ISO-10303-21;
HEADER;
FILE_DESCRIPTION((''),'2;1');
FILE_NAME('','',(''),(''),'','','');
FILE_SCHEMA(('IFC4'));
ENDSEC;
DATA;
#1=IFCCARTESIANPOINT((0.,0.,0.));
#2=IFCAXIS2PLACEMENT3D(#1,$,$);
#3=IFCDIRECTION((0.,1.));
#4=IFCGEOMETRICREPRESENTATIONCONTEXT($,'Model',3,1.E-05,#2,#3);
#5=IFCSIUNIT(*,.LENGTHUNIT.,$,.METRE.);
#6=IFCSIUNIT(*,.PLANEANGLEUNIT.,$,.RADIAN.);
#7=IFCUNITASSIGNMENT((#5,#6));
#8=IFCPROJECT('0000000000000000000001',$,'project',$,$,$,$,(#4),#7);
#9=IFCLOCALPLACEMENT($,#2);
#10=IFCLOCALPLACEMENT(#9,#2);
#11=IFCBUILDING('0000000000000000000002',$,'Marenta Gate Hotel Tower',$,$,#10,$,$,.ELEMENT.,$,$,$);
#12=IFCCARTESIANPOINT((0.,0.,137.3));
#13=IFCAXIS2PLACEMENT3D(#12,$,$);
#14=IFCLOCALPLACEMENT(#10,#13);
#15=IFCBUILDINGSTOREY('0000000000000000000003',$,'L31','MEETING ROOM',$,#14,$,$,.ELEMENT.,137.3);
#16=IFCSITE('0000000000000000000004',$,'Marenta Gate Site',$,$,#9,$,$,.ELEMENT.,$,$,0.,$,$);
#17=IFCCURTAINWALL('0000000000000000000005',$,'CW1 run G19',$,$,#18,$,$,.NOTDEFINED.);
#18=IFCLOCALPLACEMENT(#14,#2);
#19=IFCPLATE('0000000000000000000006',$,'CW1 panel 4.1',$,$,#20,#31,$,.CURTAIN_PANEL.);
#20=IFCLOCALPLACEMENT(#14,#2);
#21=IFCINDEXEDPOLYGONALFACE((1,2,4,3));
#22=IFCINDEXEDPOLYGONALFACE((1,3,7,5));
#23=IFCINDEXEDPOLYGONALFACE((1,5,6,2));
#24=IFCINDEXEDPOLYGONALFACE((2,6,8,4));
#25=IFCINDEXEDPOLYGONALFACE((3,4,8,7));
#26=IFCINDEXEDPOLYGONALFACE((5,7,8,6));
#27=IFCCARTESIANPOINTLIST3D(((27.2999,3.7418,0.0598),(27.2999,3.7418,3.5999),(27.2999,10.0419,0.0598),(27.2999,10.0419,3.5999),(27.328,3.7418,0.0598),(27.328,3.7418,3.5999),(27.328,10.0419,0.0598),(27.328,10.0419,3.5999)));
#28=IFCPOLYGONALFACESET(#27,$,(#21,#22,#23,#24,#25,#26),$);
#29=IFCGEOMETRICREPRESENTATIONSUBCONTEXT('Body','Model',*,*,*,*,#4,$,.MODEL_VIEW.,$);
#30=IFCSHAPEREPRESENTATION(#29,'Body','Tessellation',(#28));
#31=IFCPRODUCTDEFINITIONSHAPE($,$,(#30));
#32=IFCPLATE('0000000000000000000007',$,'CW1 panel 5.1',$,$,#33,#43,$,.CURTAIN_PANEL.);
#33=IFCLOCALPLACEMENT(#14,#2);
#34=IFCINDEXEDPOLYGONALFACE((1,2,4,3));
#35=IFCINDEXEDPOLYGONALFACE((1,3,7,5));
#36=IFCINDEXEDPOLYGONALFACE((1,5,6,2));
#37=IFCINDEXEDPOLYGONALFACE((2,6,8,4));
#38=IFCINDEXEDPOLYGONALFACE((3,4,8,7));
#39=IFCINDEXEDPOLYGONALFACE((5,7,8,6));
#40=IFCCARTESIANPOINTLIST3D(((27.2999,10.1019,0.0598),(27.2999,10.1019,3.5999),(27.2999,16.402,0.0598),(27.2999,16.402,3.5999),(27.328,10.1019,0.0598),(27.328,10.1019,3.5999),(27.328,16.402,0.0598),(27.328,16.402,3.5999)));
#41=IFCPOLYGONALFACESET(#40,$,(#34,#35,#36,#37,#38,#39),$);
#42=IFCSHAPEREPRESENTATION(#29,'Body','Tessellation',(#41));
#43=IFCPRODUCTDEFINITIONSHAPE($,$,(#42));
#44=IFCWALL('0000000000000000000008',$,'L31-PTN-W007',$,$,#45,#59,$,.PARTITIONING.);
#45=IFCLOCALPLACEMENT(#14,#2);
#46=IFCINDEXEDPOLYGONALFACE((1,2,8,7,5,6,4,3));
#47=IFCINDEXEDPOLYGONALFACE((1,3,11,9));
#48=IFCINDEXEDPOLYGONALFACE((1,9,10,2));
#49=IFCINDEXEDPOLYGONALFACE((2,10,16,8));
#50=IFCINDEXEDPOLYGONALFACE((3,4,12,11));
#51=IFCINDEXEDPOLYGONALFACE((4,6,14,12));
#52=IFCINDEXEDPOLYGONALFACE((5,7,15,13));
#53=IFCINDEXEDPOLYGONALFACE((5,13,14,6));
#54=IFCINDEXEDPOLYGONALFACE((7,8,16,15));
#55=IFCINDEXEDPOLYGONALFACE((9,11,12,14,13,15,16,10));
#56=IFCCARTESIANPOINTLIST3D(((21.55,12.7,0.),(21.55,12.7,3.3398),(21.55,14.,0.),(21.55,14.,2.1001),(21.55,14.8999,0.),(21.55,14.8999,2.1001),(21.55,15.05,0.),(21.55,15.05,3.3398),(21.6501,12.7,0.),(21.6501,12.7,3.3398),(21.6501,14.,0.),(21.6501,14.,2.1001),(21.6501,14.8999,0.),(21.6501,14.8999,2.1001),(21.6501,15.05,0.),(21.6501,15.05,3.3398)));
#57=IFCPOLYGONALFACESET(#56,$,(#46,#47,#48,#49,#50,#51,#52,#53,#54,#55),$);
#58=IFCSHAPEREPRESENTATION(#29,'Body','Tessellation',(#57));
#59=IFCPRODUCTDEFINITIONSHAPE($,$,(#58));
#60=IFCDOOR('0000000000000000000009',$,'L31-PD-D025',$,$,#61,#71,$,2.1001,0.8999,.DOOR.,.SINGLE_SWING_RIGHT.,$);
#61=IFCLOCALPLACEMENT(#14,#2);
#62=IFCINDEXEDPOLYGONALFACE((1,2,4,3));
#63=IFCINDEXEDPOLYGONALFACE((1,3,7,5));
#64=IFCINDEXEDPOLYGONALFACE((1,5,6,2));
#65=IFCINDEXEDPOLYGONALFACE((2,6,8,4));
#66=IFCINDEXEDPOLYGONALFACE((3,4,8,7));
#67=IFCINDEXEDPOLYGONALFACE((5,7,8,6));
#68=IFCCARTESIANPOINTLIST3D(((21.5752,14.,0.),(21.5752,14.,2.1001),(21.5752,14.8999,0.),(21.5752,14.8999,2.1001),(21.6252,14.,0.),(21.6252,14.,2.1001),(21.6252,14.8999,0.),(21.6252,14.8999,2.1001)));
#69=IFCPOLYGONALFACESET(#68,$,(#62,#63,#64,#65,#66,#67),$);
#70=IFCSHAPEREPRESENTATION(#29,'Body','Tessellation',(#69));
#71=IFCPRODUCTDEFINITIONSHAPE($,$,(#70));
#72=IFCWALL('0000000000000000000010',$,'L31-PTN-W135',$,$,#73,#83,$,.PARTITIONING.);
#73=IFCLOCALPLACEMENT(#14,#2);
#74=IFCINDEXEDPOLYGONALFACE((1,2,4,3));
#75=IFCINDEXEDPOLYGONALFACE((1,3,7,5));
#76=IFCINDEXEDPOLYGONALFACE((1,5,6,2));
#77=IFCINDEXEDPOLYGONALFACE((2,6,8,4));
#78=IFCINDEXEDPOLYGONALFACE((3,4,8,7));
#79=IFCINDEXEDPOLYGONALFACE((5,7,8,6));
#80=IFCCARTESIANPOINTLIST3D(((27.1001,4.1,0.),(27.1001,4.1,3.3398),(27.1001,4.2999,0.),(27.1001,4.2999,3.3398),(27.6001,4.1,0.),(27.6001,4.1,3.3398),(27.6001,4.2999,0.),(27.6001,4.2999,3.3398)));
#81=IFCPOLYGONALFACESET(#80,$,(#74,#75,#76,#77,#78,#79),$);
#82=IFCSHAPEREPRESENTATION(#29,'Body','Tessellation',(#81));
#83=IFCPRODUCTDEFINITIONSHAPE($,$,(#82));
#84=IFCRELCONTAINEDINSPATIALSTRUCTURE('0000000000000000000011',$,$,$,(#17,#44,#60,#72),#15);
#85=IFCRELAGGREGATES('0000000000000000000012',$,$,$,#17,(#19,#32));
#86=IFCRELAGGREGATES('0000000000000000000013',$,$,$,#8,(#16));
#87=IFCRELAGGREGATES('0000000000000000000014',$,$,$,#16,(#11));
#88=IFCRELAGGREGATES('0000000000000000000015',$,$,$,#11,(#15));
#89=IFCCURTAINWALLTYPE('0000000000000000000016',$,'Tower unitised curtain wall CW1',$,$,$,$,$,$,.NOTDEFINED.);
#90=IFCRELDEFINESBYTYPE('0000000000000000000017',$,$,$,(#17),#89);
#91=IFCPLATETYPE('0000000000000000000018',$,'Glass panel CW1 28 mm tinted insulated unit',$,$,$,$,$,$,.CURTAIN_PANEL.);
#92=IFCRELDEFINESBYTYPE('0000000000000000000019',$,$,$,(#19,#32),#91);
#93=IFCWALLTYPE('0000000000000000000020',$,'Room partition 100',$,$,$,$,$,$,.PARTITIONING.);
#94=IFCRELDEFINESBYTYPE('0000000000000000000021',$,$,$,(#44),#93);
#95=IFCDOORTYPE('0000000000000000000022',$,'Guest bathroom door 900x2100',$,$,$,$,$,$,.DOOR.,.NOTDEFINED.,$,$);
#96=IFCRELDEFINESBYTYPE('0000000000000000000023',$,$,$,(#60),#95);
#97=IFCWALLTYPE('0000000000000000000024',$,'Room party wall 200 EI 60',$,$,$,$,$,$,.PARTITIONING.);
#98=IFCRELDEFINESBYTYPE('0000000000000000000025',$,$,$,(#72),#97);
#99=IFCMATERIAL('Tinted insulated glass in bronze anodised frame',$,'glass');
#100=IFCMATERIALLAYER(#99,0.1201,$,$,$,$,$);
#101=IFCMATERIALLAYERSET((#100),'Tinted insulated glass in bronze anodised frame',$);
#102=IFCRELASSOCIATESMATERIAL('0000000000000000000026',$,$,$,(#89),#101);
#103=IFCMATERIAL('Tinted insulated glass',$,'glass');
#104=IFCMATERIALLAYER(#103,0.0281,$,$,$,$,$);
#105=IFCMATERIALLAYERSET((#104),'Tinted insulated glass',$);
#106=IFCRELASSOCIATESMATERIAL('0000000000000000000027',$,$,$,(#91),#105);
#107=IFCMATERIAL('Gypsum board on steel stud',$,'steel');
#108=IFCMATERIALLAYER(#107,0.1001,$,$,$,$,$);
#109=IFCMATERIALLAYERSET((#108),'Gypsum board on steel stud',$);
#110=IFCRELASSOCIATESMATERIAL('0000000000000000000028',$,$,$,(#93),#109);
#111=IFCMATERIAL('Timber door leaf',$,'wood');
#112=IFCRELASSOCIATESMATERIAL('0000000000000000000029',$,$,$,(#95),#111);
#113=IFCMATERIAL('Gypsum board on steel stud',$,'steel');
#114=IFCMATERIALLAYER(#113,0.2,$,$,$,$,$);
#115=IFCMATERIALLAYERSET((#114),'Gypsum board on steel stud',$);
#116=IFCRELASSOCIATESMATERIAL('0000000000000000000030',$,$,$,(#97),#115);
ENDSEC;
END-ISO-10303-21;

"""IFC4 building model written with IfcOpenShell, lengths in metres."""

from ifc_helpers import new_model, si_unit, direction, frame, frame_2d, origin, origin_2d, place, context, subcontext, project, spatial, rectangle, extrude, material, layer, layer_set, type_object, element, fill, aggregate, save


model = new_model("IFC4")

# Units and contexts
model_context = context("Model", 3, precision=1e-05, world=origin(), true_north=direction((0.0, 1.0)))
body_context = subcontext(model_context, "Body", "Model", "MODEL_VIEW")
ifc_project = project(units=[si_unit("LENGTHUNIT", "METRE"), si_unit("PLANEANGLEUNIT", "RADIAN")], contexts=[model_context])

# Site, building, storey
site_placement = place(None, origin())
site = spatial("IfcSite", under=ifc_project, at=site_placement, Name="Marenta Gate Site", CompositionType="ELEMENT", RefElevation=0.0)
building_placement = place(site_placement, origin())
building = spatial("IfcBuilding", under=site, at=building_placement, Name="Marenta Gate Hotel Tower", CompositionType="ELEMENT")
storey_placement = place(building_placement, frame((0.0, 0.0, 137.3)))
storey = spatial("IfcBuildingStorey", under=building, at=storey_placement, Name="L31", Description="MEETING ROOM", CompositionType="ELEMENT", Elevation=137.3)

# Curtain wall, plates
ifc_material_1 = material(Name="Tinted insulated glass in bronze anodised frame", Category="glass")
ifc_layer_1 = layer(ifc_material_1, 0.1201)
ifc_layer_set_1 = layer_set([ifc_layer_1], Name="Tinted insulated glass in bronze anodised frame")
curtain_wall_type = type_object("IfcCurtainWallType", Name="Tower unitised curtain wall CW1", PredefinedType="NOTDEFINED", material=ifc_layer_set_1)
curtain_wall_placement = place(storey_placement, origin())
curtain_wall = element("IfcCurtainWall", 1, at=curtain_wall_placement, inside=storey, type_object=curtain_wall_type, Name="CW1 run G19", PredefinedType="NOTDEFINED")
ifc_material_2 = material(Name="Tinted insulated glass", Category="glass")
ifc_layer_2 = layer(ifc_material_2, 0.0281)
ifc_layer_set_2 = layer_set([ifc_layer_2], Name="Tinted insulated glass")
plate_type = type_object("IfcPlateType", Name="Glass panel CW1 28 mm tinted insulated unit", PredefinedType="CURTAIN_PANEL", material=ifc_layer_set_2)
plate_1_placement = place(storey_placement, frame((27.314, 6.8918, 0.0598), z_axis=(0.0, 0.0, 1.0), x_axis=(0.0, 1.0, 0.0)))
plate_1 = element("IfcPlate", 2, at=plate_1_placement, type_object=plate_type, Name="CW1 panel 4.1", PredefinedType="CURTAIN_PANEL", context=body_context, shape_type="SweptSolid", body=[
    extrude(rectangle(XDim=6.3, YDim=0.0281, at=origin_2d()), origin(), (0.0, 0.0, 1.0), 3.54),
])
plate_2_placement = place(storey_placement, frame((27.314, 13.252, 0.0598), z_axis=(0.0, 0.0, 1.0), x_axis=(0.0, 1.0, 0.0)))
plate_2 = element("IfcPlate", 3, at=plate_2_placement, type_object=plate_type, Name="CW1 panel 5.1", PredefinedType="CURTAIN_PANEL", context=body_context, shape_type="SweptSolid", body=[
    extrude(rectangle(XDim=6.3, YDim=0.0281, at=origin_2d()), origin(), (0.0, 0.0, 1.0), 3.54),
])
aggregate(curtain_wall, [plate_1, plate_2])

# Wall, opening, door
ifc_material_3 = material(Name="Gypsum board on steel stud", Category="steel")
ifc_layer_3 = layer(ifc_material_3, 0.1001)
ifc_layer_set_3 = layer_set([ifc_layer_3], Name="Gypsum board on steel stud")
wall_type_1 = type_object("IfcWallType", Name="Room partition 100", PredefinedType="PARTITIONING", material=ifc_layer_set_3)
wall_1_placement = place(storey_placement, frame((21.6001, 12.7, 0.0), z_axis=(0.0, 0.0, 1.0), x_axis=(0.0, 1.0, 0.0)))
wall_1 = element("IfcWall", 4, at=wall_1_placement, inside=storey, type_object=wall_type_1, Name="L31-PTN-W007", PredefinedType="PARTITIONING", context=body_context, shape_type="SweptSolid", body=[
    extrude(rectangle(XDim=2.3501, YDim=0.1001, at=frame_2d((1.175, 0.0))), origin(), (0.0, 0.0, 1.0), 3.3398),
])
opening_placement = place(wall_1_placement, frame((1.3, 0.0, 0.0)))
opening = element("IfcOpeningElement", 5, at=opening_placement, cuts=wall_1, PredefinedType="OPENING", context=body_context, shape_type="SweptSolid", body=[
    extrude(rectangle(XDim=0.8999, YDim=2.1001, at=frame_2d((0.45, 1.05))), frame((0.0, 0.05, 0.0), z_axis=(0.0, -1.0, 0.0), x_axis=(1.0, 0.0, 0.0)), (0.0, 0.0, 1.0), 0.1001),
])
ifc_material_4 = material(Name="Timber door leaf", Category="wood")
door_type = type_object("IfcDoorType", Name="Guest bathroom door 900x2100", OperationType="NOTDEFINED", PredefinedType="DOOR", material=ifc_material_4)
door_placement = place(opening_placement, origin())
door = element("IfcDoor", 6, at=door_placement, inside=storey, type_object=door_type, Name="L31-PD-D025", OperationType="SINGLE_SWING_RIGHT", OverallHeight=2.1001, OverallWidth=0.8999, PredefinedType="DOOR", context=body_context, shape_type="SweptSolid", body=[
    extrude(rectangle(XDim=0.8999, YDim=2.1001, at=frame_2d((0.45, 1.05))), frame((0.0, 0.0249, 0.0), z_axis=(0.0, -1.0, 0.0), x_axis=(1.0, 0.0, 0.0)), (0.0, 0.0, 1.0), 0.05),
])
fill(opening, door)

# Wall
ifc_material_5 = material(Name="Gypsum board on steel stud", Category="steel")
ifc_layer_4 = layer(ifc_material_5, 0.2)
ifc_layer_set_4 = layer_set([ifc_layer_4], Name="Gypsum board on steel stud")
wall_type_2 = type_object("IfcWallType", Name="Room party wall 200 EI 60", PredefinedType="PARTITIONING", material=ifc_layer_set_4)
wall_2_placement = place(storey_placement, frame((27.1001, 4.2, 0.0), z_axis=(0.0, 0.0, 1.0), x_axis=(1.0, 0.0, 0.0)))
element("IfcWall", 7, at=wall_2_placement, inside=storey, type_object=wall_type_2, Name="L31-PTN-W135", PredefinedType="PARTITIONING", context=body_context, shape_type="SweptSolid", body=[
    extrude(rectangle(XDim=0.5, YDim=0.2, at=frame_2d((0.25, 0.0))), origin(), (0.0, 0.0, 1.0), 3.3398),
])

save(model, "model.ifc")
